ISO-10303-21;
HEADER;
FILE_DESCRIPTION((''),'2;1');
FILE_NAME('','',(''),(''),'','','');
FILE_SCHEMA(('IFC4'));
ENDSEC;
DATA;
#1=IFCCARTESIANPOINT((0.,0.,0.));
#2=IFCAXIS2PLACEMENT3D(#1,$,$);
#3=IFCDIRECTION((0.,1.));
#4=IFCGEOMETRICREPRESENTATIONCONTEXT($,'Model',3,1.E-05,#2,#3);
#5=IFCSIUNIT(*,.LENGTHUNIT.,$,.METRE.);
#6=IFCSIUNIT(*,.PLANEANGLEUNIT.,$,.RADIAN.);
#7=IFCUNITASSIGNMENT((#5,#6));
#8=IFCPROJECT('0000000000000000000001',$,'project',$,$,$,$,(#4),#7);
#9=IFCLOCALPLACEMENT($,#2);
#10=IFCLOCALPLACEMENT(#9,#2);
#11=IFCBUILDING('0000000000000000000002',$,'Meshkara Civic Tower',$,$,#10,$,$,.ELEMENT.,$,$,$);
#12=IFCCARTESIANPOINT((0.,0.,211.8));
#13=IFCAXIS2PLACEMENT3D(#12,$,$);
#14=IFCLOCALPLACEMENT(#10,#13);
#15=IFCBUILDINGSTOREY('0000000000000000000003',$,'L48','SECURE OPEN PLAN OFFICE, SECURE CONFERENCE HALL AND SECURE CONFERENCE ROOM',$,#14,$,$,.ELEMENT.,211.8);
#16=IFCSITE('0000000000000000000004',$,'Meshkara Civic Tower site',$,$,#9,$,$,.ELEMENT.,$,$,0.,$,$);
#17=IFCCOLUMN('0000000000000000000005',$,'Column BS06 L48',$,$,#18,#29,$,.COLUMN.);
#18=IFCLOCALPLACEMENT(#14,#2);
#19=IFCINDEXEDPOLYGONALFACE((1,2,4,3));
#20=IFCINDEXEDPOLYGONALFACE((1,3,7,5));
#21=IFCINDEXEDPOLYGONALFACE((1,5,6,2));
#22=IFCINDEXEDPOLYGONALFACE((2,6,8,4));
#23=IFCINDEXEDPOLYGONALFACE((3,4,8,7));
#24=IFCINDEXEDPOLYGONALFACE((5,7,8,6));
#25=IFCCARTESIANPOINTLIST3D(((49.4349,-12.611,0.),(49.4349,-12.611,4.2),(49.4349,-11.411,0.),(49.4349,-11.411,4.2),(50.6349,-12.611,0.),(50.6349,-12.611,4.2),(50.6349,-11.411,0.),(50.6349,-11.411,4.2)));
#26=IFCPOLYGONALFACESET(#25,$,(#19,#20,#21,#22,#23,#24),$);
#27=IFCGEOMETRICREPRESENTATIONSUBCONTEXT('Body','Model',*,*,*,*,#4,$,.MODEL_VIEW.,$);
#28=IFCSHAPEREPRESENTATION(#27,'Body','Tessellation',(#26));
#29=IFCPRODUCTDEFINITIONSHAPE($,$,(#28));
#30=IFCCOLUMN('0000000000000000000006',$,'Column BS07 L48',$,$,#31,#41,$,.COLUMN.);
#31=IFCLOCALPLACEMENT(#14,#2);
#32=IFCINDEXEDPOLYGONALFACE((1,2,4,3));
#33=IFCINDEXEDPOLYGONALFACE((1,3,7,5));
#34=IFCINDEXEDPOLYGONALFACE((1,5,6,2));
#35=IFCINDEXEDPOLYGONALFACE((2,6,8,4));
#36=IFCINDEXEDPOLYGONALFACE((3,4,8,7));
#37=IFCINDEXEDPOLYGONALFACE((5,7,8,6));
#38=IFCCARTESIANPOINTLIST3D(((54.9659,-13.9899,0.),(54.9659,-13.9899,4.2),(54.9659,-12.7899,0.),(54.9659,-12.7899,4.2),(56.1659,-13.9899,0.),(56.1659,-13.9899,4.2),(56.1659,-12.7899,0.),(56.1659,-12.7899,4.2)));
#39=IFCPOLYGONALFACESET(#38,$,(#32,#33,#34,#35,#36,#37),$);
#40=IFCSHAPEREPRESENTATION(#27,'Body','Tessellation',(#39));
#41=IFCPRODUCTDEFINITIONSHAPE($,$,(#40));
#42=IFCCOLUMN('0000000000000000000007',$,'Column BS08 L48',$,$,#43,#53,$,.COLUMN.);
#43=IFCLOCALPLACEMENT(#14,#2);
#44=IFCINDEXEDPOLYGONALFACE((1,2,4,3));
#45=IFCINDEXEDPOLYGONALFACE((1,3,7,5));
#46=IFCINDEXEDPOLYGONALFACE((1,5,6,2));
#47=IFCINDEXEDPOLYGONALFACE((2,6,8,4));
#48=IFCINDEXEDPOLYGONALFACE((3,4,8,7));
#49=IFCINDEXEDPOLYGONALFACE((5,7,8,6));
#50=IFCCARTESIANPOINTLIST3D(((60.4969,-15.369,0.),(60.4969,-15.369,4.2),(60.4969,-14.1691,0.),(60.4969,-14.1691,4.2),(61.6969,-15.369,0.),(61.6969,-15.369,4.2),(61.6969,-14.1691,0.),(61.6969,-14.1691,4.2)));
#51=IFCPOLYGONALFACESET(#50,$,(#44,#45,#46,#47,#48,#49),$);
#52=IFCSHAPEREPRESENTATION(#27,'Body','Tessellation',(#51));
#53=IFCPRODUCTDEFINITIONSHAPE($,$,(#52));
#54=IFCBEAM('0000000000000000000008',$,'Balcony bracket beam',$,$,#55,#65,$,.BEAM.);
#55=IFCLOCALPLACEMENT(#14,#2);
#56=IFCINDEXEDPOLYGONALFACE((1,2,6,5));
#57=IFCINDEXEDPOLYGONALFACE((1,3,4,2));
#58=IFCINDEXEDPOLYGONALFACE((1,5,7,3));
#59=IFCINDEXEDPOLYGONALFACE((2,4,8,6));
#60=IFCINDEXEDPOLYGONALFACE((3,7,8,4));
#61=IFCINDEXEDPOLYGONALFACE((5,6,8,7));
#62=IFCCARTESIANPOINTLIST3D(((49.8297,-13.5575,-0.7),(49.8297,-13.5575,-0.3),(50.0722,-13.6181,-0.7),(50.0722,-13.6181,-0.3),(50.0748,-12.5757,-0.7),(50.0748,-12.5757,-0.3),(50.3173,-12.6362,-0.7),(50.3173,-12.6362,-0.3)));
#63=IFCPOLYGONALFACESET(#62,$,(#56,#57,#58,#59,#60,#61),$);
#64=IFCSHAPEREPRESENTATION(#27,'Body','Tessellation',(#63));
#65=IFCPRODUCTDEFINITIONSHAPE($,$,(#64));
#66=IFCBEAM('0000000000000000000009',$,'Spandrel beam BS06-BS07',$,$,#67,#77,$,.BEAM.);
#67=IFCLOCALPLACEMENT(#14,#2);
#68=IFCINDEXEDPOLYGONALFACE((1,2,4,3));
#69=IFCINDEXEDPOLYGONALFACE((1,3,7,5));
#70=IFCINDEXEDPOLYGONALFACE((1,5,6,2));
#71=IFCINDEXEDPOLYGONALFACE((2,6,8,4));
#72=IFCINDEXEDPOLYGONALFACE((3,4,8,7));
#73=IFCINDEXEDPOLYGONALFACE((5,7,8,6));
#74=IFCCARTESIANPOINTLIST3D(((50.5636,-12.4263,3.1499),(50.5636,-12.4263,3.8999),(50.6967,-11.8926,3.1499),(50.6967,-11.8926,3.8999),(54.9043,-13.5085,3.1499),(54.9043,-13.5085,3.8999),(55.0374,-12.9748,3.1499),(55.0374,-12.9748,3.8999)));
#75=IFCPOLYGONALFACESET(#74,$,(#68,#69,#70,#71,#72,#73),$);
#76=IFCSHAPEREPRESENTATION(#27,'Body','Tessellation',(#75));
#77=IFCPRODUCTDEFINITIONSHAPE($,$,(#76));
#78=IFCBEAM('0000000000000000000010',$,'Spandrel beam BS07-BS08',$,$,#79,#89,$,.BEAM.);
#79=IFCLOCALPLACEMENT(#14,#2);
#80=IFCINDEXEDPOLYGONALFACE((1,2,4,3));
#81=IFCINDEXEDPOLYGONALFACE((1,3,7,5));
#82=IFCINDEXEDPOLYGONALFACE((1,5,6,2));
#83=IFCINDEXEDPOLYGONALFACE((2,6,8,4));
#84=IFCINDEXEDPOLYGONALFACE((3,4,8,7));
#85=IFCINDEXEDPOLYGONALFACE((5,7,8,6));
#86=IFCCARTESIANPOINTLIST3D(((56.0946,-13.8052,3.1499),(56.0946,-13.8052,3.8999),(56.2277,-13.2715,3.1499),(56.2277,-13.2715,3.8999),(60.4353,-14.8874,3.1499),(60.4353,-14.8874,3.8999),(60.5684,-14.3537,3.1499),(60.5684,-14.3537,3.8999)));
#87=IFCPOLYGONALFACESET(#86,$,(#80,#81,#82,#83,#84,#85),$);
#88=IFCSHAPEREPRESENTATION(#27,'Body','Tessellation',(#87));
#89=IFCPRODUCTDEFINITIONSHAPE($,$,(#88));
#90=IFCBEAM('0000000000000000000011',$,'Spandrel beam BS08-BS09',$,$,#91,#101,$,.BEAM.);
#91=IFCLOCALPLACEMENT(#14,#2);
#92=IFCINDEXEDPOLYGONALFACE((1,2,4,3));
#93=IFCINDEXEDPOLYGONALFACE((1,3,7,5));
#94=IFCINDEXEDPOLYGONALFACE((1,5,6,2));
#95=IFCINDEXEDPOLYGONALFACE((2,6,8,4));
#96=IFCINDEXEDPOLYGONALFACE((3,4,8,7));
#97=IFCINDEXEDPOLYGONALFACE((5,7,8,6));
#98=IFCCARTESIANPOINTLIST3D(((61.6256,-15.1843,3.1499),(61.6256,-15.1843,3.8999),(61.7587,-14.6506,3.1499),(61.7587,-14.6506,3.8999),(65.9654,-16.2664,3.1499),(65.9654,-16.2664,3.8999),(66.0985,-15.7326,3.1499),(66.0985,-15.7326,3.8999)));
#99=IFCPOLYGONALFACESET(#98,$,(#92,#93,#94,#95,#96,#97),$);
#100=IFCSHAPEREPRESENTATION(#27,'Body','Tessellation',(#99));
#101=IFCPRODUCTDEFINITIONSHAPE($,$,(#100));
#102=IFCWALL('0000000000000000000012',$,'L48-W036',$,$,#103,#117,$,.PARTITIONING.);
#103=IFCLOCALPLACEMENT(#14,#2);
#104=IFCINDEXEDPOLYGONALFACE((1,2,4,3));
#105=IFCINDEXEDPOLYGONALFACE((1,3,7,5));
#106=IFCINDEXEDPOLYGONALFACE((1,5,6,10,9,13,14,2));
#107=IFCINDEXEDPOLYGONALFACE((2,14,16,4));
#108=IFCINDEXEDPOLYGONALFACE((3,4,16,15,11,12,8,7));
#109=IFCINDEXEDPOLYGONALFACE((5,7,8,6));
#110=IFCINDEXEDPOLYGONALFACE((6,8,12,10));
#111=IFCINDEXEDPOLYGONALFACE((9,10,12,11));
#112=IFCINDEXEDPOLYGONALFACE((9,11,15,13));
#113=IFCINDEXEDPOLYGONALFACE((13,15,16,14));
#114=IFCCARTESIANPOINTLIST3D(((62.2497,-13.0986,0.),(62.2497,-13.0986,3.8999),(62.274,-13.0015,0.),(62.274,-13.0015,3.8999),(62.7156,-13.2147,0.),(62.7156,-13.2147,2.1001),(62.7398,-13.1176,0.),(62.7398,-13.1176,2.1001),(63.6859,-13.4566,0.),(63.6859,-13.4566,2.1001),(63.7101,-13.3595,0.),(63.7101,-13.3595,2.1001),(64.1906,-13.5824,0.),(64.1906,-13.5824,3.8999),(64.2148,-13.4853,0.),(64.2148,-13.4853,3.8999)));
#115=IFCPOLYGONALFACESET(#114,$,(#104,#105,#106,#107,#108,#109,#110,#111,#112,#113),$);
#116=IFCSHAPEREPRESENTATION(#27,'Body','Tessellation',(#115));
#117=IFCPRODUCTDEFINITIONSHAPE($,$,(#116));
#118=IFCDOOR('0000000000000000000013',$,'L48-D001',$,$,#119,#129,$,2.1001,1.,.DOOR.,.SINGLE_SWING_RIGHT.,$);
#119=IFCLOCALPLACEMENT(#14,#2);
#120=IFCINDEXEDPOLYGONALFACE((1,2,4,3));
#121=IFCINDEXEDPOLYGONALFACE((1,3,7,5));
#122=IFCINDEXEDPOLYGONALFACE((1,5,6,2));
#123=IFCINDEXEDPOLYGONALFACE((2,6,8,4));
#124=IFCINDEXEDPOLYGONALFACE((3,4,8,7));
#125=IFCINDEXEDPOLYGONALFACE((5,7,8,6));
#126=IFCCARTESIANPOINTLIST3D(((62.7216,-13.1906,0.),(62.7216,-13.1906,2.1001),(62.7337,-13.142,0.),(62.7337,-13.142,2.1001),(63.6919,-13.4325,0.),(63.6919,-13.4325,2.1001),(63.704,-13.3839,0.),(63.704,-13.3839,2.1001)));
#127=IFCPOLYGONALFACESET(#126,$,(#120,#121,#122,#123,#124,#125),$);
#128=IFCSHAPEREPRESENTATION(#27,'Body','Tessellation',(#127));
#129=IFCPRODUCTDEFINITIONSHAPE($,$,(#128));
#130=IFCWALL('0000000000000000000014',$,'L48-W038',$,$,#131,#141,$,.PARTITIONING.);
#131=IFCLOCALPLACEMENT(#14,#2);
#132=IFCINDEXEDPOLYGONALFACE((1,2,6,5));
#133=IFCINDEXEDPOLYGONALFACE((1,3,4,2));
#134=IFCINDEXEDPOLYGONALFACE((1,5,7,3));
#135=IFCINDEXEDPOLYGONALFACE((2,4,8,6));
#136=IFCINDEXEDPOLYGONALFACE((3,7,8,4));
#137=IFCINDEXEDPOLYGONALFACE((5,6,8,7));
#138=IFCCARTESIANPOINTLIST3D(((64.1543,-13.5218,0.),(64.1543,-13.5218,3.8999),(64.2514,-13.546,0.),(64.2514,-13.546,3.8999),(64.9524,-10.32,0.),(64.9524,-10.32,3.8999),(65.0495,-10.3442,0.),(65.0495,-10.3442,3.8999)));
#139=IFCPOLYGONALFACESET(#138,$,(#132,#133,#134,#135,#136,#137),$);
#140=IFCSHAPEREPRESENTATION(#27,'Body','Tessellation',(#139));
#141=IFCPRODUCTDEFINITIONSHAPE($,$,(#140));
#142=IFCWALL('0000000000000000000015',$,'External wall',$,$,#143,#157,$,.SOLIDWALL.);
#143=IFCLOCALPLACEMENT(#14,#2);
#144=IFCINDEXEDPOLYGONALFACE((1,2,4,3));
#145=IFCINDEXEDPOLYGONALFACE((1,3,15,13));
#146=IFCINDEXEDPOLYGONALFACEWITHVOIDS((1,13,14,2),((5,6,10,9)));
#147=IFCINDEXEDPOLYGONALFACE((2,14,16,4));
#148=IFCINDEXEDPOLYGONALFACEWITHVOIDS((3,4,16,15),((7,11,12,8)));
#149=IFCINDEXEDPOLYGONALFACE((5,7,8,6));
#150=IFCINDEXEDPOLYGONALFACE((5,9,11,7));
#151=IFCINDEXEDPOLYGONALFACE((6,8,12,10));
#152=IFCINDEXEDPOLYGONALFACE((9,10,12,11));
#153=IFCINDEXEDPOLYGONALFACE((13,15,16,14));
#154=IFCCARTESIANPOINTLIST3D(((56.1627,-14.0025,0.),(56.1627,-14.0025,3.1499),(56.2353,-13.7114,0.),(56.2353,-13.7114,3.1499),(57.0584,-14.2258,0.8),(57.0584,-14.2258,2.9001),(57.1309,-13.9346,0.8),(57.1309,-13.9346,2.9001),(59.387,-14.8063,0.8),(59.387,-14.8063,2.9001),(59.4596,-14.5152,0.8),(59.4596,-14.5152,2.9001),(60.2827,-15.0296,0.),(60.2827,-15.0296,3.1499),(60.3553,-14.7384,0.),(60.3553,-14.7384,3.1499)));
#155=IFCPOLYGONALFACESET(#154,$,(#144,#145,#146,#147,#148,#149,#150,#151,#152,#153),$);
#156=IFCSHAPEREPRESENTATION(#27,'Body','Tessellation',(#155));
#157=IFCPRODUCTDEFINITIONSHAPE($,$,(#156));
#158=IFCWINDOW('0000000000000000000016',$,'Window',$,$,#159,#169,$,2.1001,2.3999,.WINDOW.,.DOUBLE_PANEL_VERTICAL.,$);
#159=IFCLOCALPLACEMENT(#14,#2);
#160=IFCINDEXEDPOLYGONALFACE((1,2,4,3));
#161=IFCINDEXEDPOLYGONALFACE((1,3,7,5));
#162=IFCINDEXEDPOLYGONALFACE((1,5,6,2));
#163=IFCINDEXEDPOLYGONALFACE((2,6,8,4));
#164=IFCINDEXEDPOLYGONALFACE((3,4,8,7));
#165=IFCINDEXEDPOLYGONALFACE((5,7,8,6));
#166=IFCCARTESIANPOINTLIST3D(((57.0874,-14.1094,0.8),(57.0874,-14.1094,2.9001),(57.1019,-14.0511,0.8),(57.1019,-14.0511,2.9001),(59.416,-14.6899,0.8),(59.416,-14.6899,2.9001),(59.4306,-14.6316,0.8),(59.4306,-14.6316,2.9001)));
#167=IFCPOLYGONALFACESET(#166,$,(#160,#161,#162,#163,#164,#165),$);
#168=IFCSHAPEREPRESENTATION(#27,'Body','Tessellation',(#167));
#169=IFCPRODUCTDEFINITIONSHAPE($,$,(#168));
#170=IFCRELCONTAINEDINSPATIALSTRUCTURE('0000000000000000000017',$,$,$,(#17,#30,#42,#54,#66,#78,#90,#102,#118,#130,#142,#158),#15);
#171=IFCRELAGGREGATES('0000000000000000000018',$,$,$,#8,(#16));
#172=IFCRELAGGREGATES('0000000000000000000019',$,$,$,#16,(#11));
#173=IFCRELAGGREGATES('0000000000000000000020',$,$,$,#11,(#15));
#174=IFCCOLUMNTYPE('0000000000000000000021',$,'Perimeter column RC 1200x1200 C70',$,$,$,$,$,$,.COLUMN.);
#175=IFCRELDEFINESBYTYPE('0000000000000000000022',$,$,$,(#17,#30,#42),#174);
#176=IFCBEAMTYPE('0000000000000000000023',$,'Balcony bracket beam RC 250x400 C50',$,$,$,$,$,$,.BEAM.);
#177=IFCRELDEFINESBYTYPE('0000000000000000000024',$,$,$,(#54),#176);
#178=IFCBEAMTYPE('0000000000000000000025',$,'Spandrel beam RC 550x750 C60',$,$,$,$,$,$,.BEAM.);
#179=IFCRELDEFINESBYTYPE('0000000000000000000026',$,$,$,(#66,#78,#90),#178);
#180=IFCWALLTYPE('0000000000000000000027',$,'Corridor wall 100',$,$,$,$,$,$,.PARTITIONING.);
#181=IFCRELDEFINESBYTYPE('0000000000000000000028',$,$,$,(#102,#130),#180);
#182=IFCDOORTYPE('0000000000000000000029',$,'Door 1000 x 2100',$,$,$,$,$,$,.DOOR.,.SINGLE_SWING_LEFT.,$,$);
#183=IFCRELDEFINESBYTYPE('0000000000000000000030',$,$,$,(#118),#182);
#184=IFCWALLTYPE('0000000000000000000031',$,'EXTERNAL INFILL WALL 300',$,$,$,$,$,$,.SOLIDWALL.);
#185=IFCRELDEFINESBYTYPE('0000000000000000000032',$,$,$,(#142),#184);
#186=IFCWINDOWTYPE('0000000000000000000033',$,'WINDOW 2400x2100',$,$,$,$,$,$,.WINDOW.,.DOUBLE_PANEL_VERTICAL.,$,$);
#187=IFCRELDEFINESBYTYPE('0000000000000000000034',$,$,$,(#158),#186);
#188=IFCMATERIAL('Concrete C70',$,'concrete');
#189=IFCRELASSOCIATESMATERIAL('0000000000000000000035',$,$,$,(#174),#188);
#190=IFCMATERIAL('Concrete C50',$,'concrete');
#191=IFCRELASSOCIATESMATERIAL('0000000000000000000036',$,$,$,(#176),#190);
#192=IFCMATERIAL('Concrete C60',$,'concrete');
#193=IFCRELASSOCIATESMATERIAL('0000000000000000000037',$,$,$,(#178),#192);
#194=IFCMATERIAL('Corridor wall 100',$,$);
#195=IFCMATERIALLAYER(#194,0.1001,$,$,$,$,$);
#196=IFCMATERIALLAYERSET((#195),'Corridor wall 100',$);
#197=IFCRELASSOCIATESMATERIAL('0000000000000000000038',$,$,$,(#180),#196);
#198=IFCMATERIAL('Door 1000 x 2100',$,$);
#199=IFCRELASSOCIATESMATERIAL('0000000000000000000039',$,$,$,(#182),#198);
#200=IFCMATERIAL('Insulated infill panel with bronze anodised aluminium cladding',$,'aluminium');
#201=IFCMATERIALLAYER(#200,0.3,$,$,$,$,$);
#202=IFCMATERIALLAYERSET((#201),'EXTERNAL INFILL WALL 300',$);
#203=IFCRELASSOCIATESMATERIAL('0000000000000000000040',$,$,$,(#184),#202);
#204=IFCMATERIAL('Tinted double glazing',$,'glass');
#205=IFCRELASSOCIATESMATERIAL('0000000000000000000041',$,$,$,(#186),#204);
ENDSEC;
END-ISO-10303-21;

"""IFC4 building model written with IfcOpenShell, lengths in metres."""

from ifc_helpers import new_model, si_unit, direction, frame, frame_2d, origin, origin_2d, place, context, subcontext, project, spatial, rectangle, extrude, material, layer, layer_set, material_profile, profile_set, type_object, element, fill, save


model = new_model("IFC4")

# Units and contexts
model_context = context("Model", 3, precision=1e-05, world=origin(), true_north=direction((0.0, 1.0)))
body_context = subcontext(model_context, "Body", "Model", "MODEL_VIEW")
ifc_project = project(units=[si_unit("LENGTHUNIT", "METRE"), si_unit("PLANEANGLEUNIT", "RADIAN")], contexts=[model_context])

# Site, building, storey
site_placement = place(None, origin())
site = spatial("IfcSite", under=ifc_project, at=site_placement, Name="Meshkara Civic Tower site", CompositionType="ELEMENT", RefElevation=0.0)
building_placement = place(site_placement, origin())
building = spatial("IfcBuilding", under=site, at=building_placement, Name="Meshkara Civic Tower", CompositionType="ELEMENT")
storey_placement = place(building_placement, frame((0.0, 0.0, 211.8)))
storey = spatial("IfcBuildingStorey", under=building, at=storey_placement, Name="L48", Description="SECURE OPEN PLAN OFFICE, SECURE CONFERENCE HALL AND SECURE CONFERENCE ROOM", CompositionType="ELEMENT", Elevation=211.8)

# Columns
ifc_material_1 = material(Name="Concrete C70", Category="concrete")
ifc_material_profile_1 = material_profile(ifc_material_1, rectangle(XDim=1.2, YDim=1.2, at=origin_2d()))
ifc_profile_set_1 = profile_set([ifc_material_profile_1], Name="Concrete C70")
column_type = type_object("IfcColumnType", Name="Perimeter column RC 1200x1200 C70", PredefinedType="COLUMN", material=ifc_profile_set_1)
for number, where, z_axis, x_axis, name in (
    (1, (50.0349, -12.011, 0.0), (0.0, 0.0, 1.0), (1.0, 0.0, 0.0), "Column BS06 L48"),
    (2, (55.5659, -13.3899, 0.0), (0.0, 0.0, 1.0), (1.0, 0.0, 0.0), "Column BS07 L48"),
    (3, (61.0969, -14.769, 0.0), (0.0, 0.0, 1.0), (1.0, 0.0, 0.0), "Column BS08 L48"),
):
    element("IfcColumn", number, at=place(storey_placement, frame(where, z_axis=z_axis, x_axis=x_axis)), inside=storey, type_object=column_type, Name=name, PredefinedType="COLUMN", context=body_context, shape_type="SweptSolid", body=[
        extrude(rectangle(XDim=1.2, YDim=1.2, at=origin_2d()), origin(), (0.0, 0.0, 1.0), 4.2),
    ])

# Beams
ifc_material_2 = material(Name="Concrete C50", Category="concrete")
ifc_material_profile_2 = material_profile(ifc_material_2, rectangle(XDim=0.25, YDim=0.3999, at=origin_2d()))
ifc_profile_set_2 = profile_set([ifc_material_profile_2], Name="Concrete C50")
beam_type_1 = type_object("IfcBeamType", Name="Balcony bracket beam RC 250x400 C50", PredefinedType="BEAM", material=ifc_profile_set_2)
beam_1_placement = place(storey_placement, frame((50.196, -12.606, -0.5), z_axis=(-0.242195, -0.970228, 0.0), x_axis=(0.970228, -0.242195, 0.0)))
element("IfcBeam", 4, at=beam_1_placement, inside=storey, type_object=beam_type_1, Name="Balcony bracket beam", PredefinedType="BEAM", context=body_context, shape_type="SweptSolid", body=[
    extrude(rectangle(XDim=0.25, YDim=0.3999, at=origin_2d()), origin(), (0.0, 0.0, 1.0), 1.012),
])
ifc_material_3 = material(Name="Concrete C60", Category="concrete")
ifc_material_profile_3 = material_profile(ifc_material_3, rectangle(XDim=0.55, YDim=0.75, at=origin_2d()))
ifc_profile_set_3 = profile_set([ifc_material_profile_3], Name="Concrete C60")
beam_type_2 = type_object("IfcBeamType", Name="Spandrel beam RC 550x750 C60", PredefinedType="BEAM", material=ifc_profile_set_3)
for number, where, z_axis, x_axis, name in (
    (5, (50.6301, -12.1594, 3.5249), (0.970296, -0.241919, 0.0), (0.241919, 0.970296, 0.0), "Spandrel beam BS06-BS07"),
    (6, (56.1611, -13.5383, 3.5249), (0.970296, -0.241919, 0.0), (0.241919, 0.970296, 0.0), "Spandrel beam BS07-BS08"),
):
    element("IfcBeam", number, at=place(storey_placement, frame(where, z_axis=z_axis, x_axis=x_axis)), inside=storey, type_object=beam_type_2, Name=name, PredefinedType="BEAM", context=body_context, shape_type="SweptSolid", body=[
        extrude(rectangle(XDim=0.55, YDim=0.75, at=origin_2d()), origin(), (0.0, 0.0, 1.0), 4.4736),
    ])
beam_2_placement = place(storey_placement, frame((61.6921, -14.9175, 3.5249), z_axis=(0.970296, -0.241919, 0.0), x_axis=(0.241919, 0.970296, 0.0)))
element("IfcBeam", 7, at=beam_2_placement, inside=storey, type_object=beam_type_2, Name="Spandrel beam BS08-BS09", PredefinedType="BEAM", context=body_context, shape_type="SweptSolid", body=[
    extrude(rectangle(XDim=0.55, YDim=0.75, at=origin_2d()), origin(), (0.0, 0.0, 1.0), 4.4727),
])

# Wall, opening, door
ifc_material_4 = material(Name="Corridor wall 100")
ifc_layer_1 = layer(ifc_material_4, 0.1001)
ifc_layer_set_1 = layer_set([ifc_layer_1], Name="Corridor wall 100")
wall_type_1 = type_object("IfcWallType", Name="Corridor wall 100", PredefinedType="PARTITIONING", material=ifc_layer_set_1)
wall_1_placement = place(storey_placement, frame((62.262, -13.05, 0.0), z_axis=(0.0, 0.0, 1.0), x_axis=(0.9703, -0.241904, 0.0)))
wall_1 = element("IfcWall", 8, at=wall_1_placement, inside=storey, type_object=wall_type_1, Name="L48-W036", PredefinedType="PARTITIONING", context=body_context, shape_type="SweptSolid", body=[
    extrude(rectangle(XDim=2.0002, YDim=0.1001, at=frame_2d((1.0, 0.0))), origin(), (0.0, 0.0, 1.0), 3.8999),
])
opening_1_placement = place(wall_1_placement, frame((0.48, 0.0, 0.0)))
opening_1 = element("IfcOpeningElement", 9, at=opening_1_placement, cuts=wall_1, PredefinedType="OPENING", context=body_context, shape_type="SweptSolid", body=[
    extrude(rectangle(XDim=1.0, YDim=2.1001, at=frame_2d((0.5, 1.05))), frame((0.0, 0.0601, 0.0), z_axis=(0.0, -1.0, 0.0), x_axis=(1.0, 0.0, 0.0)), (0.0, 0.0, 1.0), 0.1201),
])
ifc_material_5 = material(Name="Door 1000 x 2100")
door_type_1 = type_object("IfcDoorType", Name="Door 1000 x 2100", OperationType="SINGLE_SWING_LEFT", PredefinedType="DOOR", material=ifc_material_5)
door_1_placement = place(opening_1_placement, origin())
door_1 = element("IfcDoor", 10, at=door_1_placement, inside=storey, type_object=door_type_1, Name="L48-D001", OperationType="SINGLE_SWING_RIGHT", OverallHeight=2.1001, OverallWidth=1.0, PredefinedType="DOOR", context=body_context, shape_type="SweptSolid", body=[
    extrude(rectangle(XDim=1.0, YDim=2.1001, at=frame_2d((0.5, 1.05))), frame((0.0, 0.0249, 0.0), z_axis=(0.0, -1.0, 0.0), x_axis=(1.0, 0.0, 0.0)), (0.0, 0.0, 1.0), 0.05),
])
fill(opening_1, door_1)

# Wall
wall_2_placement = place(storey_placement, frame((64.2029, -13.5339, 0.0), z_axis=(0.0, 0.0, 1.0), x_axis=(0.241857, 0.970312, 0.0)))
element("IfcWall", 11, at=wall_2_placement, inside=storey, type_object=wall_type_1, Name="L48-W038", PredefinedType="PARTITIONING", context=body_context, shape_type="SweptSolid", body=[
    extrude(rectangle(XDim=3.2998, YDim=0.1001, at=frame_2d((1.6499, 0.0))), origin(), (0.0, 0.0, 1.0), 3.8999),
])

# Wall, opening, window
ifc_material_6 = material(Name="Insulated infill panel with bronze anodised aluminium cladding", Category="aluminium")
ifc_layer_2 = layer(ifc_material_6, 0.3)
ifc_layer_set_2 = layer_set([ifc_layer_2], Name="EXTERNAL INFILL WALL 300")
wall_type_2 = type_object("IfcWallType", Name="EXTERNAL INFILL WALL 300", PredefinedType="SOLIDWALL", material=ifc_layer_set_2)
wall_3_placement = place(storey_placement, frame((56.199, -13.8569, 0.0), z_axis=(0.0, 0.0, 1.0), x_axis=(0.970305, -0.241886, 0.0)))
wall_3 = element("IfcWall", 12, at=wall_3_placement, inside=storey, type_object=wall_type_2, Name="External wall", PredefinedType="SOLIDWALL", context=body_context, shape_type="SweptSolid", body=[
    extrude(rectangle(XDim=4.2461, YDim=0.3, at=frame_2d((2.123, 0.0))), origin(), (0.0, 0.0, 1.0), 3.1499),
])
opening_2_placement = place(wall_3_placement, frame((0.9231, 0.0, 0.8)))
opening_2 = element("IfcOpeningElement", 13, at=opening_2_placement, cuts=wall_3, PredefinedType="OPENING", context=body_context, shape_type="SweptSolid", body=[
    extrude(rectangle(XDim=2.3999, YDim=2.1001, at=frame_2d((1.2, 1.05))), frame((0.0, 0.1599, 0.0), z_axis=(0.0, -1.0, 0.0), x_axis=(1.0, 0.0, 0.0)), (0.0, 0.0, 1.0), 0.3201),
])
ifc_material_7 = material(Name="Tinted double glazing", Category="glass")
window_type = type_object("IfcWindowType", Name="WINDOW 2400x2100", PartitioningType="DOUBLE_PANEL_VERTICAL", PredefinedType="WINDOW", material=ifc_material_7)
window_1_placement = place(opening_2_placement, origin())
window_1 = element("IfcWindow", 14, at=window_1_placement, inside=storey, type_object=window_type, Name="Window", OverallHeight=2.1001, OverallWidth=2.3999, PartitioningType="DOUBLE_PANEL_VERTICAL", PredefinedType="WINDOW", context=body_context, shape_type="SweptSolid", body=[
    extrude(rectangle(XDim=2.3999, YDim=2.1001, at=frame_2d((1.2, 1.05))), frame((0.0, 0.03, 0.0), z_axis=(0.0, -1.0, 0.0), x_axis=(1.0, 0.0, 0.0)), (0.0, 0.0, 1.0), 0.0601),
])
fill(opening_2, window_1)

save(model, "model.ifc")
